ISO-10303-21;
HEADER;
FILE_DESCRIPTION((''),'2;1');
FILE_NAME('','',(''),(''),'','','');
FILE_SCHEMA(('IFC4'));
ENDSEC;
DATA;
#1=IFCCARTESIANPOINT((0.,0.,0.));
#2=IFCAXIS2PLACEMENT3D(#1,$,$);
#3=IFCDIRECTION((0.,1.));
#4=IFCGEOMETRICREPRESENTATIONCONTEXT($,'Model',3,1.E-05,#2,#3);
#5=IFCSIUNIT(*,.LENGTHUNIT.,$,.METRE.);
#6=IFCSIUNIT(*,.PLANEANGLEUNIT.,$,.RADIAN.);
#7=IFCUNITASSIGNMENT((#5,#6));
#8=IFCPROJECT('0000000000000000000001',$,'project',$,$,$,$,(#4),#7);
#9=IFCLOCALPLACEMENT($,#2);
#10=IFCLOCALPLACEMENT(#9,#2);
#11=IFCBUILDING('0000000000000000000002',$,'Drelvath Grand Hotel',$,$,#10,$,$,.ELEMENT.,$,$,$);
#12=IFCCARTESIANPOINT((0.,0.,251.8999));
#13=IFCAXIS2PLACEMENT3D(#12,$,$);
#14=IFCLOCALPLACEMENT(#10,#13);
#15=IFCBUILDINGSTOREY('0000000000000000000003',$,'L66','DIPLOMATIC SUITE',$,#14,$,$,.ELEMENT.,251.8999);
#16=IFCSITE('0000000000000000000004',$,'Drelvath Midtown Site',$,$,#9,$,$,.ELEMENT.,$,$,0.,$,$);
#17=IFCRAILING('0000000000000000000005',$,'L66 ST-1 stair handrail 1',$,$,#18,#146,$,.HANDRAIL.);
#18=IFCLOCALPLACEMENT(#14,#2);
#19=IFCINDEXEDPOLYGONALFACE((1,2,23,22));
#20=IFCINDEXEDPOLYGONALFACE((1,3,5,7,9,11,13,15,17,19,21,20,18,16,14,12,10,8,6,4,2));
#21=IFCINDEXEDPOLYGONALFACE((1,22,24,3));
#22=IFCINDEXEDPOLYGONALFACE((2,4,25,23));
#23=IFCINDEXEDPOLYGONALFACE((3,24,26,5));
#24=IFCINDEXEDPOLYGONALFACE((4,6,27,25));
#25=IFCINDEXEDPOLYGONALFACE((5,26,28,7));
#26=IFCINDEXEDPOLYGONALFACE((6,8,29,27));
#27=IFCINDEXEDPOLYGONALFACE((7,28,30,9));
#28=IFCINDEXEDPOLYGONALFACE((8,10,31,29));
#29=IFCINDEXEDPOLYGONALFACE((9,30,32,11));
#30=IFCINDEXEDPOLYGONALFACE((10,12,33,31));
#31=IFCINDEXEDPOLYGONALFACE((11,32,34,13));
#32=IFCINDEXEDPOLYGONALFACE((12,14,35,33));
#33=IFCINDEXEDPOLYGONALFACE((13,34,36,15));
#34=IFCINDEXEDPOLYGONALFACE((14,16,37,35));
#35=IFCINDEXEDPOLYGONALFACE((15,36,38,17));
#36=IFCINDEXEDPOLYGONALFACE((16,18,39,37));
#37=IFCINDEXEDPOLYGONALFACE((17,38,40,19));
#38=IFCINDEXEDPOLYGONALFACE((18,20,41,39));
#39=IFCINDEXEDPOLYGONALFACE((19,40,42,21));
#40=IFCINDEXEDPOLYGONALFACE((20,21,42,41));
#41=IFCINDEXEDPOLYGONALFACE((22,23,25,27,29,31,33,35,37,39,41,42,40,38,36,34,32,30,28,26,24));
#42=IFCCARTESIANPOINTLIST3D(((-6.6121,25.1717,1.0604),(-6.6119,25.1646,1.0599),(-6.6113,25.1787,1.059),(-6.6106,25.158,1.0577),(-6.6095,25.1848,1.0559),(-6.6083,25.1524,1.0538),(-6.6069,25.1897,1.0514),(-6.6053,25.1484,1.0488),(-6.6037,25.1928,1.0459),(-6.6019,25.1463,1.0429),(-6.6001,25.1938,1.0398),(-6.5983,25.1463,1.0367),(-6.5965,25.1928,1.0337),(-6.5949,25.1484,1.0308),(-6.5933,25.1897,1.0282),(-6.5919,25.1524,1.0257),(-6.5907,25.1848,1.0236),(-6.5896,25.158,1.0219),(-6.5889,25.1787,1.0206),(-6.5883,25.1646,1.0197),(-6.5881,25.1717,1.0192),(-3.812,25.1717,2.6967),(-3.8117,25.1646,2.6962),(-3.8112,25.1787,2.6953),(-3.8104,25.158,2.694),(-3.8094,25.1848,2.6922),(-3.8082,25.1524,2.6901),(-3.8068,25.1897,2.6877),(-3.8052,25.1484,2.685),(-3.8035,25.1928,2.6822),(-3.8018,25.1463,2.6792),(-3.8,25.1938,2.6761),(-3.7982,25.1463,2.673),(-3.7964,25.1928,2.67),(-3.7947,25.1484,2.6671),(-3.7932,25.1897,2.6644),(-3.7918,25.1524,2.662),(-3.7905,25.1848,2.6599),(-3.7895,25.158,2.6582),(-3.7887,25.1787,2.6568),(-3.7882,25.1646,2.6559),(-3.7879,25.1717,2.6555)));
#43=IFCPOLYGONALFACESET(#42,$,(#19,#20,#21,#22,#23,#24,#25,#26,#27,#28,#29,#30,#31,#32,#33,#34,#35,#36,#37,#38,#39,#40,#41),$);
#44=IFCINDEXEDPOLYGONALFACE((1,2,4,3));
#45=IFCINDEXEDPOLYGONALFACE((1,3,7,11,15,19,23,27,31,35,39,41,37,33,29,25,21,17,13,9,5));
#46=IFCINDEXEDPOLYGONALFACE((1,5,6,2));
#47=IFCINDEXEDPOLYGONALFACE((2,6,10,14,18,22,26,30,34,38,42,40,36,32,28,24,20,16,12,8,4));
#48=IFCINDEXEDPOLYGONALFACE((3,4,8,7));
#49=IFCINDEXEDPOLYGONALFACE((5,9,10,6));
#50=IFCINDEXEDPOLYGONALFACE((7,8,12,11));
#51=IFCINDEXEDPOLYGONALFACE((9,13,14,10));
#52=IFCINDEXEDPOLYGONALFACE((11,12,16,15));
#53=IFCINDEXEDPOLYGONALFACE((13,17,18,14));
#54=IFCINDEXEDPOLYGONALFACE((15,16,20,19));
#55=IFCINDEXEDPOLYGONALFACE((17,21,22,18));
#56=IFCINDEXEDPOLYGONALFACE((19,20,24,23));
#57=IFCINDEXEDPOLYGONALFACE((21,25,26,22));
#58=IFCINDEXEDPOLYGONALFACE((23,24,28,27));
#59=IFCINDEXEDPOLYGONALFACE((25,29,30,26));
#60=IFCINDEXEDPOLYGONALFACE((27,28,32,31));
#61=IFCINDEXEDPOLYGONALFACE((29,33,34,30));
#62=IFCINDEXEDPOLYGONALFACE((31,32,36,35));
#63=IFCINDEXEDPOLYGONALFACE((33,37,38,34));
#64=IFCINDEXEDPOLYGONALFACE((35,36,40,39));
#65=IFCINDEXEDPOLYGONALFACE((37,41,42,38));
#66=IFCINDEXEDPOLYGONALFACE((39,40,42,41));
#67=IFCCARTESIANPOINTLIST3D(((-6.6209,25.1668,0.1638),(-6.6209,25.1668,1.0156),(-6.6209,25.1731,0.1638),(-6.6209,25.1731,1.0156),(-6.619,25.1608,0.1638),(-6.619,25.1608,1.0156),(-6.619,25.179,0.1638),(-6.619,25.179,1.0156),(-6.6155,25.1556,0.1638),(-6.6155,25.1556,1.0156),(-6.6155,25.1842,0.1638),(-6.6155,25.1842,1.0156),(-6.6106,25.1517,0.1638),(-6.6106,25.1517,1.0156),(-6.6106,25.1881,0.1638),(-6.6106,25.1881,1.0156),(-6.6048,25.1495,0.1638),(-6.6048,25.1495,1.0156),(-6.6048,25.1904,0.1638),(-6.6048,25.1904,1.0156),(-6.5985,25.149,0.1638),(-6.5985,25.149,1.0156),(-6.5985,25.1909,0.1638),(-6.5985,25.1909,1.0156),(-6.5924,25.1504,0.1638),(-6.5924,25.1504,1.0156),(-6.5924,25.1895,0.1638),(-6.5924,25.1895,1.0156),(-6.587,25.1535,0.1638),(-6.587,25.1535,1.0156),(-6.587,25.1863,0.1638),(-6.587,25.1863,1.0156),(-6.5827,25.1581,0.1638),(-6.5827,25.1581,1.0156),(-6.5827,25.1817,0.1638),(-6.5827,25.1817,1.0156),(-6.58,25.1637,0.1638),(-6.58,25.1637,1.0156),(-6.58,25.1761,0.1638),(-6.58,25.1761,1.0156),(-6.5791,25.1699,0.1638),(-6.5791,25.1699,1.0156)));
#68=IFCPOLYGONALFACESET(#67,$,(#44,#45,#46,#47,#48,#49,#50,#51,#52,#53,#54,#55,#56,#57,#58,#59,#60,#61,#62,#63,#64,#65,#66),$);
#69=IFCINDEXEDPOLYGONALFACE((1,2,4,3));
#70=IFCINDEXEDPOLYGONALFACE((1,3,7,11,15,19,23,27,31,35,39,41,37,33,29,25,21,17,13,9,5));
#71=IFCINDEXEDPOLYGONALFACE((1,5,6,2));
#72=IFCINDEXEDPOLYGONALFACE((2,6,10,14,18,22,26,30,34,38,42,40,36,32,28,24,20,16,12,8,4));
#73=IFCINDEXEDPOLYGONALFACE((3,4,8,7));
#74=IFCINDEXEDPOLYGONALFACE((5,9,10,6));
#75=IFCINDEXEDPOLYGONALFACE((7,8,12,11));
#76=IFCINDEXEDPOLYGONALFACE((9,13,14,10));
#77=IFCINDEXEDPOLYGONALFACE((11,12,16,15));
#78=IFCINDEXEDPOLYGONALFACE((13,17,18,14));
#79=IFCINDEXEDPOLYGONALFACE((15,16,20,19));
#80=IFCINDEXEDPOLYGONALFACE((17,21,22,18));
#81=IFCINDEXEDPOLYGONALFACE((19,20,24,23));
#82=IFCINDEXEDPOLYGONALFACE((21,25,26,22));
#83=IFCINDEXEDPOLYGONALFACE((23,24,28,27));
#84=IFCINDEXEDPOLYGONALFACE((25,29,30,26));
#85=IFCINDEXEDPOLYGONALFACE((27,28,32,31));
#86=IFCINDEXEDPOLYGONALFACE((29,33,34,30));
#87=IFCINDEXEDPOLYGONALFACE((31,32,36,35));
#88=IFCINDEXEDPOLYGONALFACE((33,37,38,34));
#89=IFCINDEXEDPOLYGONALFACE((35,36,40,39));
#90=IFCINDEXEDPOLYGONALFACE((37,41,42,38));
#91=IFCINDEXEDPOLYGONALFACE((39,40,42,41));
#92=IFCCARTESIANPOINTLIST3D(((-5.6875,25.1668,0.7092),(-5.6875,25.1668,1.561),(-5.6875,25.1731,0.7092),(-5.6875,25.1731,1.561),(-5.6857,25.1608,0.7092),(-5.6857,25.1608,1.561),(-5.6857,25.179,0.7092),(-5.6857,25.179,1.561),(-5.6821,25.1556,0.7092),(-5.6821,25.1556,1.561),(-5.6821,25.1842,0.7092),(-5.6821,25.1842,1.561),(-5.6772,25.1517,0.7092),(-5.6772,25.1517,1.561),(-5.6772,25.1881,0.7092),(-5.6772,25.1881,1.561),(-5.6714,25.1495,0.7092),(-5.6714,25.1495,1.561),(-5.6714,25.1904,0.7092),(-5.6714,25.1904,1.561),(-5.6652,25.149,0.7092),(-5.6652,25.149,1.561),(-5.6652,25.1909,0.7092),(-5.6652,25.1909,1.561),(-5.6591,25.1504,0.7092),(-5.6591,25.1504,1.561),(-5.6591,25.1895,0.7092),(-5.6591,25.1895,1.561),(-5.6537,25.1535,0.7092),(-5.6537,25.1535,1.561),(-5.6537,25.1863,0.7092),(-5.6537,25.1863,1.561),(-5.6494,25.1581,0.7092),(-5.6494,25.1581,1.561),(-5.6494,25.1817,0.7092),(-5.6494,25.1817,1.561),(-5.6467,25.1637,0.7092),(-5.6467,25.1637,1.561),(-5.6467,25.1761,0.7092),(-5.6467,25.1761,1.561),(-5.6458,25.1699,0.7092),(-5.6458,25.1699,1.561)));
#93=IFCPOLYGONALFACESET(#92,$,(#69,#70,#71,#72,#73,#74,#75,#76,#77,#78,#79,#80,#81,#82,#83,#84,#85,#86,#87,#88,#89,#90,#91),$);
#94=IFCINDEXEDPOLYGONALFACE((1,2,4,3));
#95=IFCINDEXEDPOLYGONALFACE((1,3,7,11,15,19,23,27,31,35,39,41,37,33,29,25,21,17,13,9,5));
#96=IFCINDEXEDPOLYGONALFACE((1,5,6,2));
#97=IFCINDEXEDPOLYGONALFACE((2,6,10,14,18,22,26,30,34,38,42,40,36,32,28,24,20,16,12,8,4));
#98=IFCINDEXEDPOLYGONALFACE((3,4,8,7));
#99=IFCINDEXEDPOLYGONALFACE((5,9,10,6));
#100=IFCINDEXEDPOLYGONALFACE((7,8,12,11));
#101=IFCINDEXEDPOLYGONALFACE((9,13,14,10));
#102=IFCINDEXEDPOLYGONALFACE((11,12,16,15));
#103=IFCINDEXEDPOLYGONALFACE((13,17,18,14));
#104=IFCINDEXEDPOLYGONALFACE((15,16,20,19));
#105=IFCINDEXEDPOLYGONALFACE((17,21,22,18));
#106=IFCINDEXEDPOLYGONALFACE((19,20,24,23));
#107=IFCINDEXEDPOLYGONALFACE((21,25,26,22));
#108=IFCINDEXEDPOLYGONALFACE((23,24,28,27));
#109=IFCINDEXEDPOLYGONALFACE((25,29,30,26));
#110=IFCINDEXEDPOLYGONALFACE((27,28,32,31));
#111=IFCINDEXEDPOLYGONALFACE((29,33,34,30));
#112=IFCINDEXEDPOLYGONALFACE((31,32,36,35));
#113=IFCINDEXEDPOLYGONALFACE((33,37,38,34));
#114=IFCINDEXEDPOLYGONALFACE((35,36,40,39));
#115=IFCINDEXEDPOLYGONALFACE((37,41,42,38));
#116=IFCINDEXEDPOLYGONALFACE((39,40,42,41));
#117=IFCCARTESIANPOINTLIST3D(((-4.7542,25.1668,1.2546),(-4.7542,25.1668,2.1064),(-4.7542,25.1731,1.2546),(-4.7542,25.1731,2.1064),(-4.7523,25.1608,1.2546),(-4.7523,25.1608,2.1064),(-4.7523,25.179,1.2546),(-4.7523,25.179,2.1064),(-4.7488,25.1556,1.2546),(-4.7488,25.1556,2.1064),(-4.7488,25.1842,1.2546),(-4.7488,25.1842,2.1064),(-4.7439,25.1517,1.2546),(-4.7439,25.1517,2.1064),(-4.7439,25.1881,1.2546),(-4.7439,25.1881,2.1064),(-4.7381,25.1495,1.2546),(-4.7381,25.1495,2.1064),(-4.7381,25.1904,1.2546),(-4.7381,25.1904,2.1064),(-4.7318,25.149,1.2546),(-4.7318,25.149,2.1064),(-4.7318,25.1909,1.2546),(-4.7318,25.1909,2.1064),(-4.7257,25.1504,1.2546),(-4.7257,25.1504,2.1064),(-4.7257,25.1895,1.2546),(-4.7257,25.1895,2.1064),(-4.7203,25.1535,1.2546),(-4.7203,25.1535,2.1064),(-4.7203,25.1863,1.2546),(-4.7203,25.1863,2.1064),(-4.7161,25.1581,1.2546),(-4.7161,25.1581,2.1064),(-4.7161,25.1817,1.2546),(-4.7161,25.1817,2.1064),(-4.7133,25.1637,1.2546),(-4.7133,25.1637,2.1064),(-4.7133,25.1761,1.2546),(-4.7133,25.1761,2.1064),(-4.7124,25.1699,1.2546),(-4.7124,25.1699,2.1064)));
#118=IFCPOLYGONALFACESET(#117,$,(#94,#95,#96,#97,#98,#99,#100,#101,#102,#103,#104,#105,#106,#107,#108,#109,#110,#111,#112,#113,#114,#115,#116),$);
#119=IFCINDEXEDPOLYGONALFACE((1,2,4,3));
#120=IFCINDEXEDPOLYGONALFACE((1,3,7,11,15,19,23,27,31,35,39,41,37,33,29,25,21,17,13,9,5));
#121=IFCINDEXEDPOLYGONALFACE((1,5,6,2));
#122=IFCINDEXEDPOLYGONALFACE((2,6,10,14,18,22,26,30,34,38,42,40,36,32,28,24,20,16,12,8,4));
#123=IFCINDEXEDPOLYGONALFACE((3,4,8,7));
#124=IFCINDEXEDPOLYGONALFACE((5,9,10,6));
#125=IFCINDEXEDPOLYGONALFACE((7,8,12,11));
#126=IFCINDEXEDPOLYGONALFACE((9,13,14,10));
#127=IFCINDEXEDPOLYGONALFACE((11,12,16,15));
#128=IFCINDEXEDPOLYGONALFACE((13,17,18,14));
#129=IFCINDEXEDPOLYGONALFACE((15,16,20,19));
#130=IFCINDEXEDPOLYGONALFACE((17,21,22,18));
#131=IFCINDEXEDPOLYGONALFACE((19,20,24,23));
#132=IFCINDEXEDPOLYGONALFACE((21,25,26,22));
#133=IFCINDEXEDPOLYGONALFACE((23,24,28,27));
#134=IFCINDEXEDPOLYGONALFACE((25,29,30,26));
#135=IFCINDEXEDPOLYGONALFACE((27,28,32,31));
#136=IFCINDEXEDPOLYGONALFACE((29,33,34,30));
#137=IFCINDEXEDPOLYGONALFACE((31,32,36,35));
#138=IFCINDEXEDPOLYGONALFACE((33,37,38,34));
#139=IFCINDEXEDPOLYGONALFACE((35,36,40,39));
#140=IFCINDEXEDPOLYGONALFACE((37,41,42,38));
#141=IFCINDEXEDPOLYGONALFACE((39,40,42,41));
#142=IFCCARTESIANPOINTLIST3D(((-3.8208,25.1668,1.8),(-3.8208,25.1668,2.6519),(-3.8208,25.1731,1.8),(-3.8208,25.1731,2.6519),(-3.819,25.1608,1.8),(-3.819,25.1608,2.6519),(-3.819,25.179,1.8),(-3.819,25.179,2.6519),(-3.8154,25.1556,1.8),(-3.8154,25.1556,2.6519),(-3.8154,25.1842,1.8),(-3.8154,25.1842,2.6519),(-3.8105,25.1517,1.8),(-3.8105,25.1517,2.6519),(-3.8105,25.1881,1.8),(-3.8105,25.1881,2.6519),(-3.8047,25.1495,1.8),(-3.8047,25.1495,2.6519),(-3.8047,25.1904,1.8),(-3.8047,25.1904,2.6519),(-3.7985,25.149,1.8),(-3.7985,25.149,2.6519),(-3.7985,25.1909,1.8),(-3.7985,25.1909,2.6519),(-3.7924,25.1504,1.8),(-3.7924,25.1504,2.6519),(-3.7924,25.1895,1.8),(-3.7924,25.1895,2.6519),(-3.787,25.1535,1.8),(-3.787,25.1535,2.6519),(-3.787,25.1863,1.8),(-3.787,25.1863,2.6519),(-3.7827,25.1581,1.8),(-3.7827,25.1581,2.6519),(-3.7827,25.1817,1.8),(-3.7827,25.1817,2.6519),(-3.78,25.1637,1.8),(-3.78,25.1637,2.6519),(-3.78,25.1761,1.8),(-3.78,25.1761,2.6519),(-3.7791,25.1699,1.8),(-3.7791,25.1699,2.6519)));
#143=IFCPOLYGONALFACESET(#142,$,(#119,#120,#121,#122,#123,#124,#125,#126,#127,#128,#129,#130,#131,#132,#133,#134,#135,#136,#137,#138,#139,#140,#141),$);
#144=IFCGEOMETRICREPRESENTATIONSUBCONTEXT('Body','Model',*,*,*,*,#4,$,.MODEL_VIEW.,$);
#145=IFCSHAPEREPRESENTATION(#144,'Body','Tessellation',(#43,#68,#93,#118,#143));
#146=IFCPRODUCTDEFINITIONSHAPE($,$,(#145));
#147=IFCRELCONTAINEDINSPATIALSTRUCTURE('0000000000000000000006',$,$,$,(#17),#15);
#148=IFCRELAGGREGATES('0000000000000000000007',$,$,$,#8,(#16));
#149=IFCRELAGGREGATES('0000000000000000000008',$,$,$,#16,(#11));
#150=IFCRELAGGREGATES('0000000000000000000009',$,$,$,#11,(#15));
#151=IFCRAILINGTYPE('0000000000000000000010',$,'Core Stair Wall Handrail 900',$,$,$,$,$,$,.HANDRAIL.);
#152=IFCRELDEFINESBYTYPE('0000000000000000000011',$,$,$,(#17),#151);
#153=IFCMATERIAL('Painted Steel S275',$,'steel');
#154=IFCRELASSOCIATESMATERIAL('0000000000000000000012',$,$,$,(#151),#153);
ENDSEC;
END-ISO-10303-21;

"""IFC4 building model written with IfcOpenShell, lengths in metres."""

from ifc_helpers import new_model, si_unit, direction, frame, origin, origin_2d, place, context, subcontext, project, spatial, circle, extrude, material, type_object, element, save


model = new_model("IFC4")

# Units and contexts
model_context = context("Model", 3, precision=1e-05, world=origin(), true_north=direction((0.0, 1.0)))
body_context = subcontext(model_context, "Body", "Model", "MODEL_VIEW")
ifc_project = project(units=[si_unit("LENGTHUNIT", "METRE"), si_unit("PLANEANGLEUNIT", "RADIAN")], contexts=[model_context])

# Site, building, storey
site_placement = place(None, origin())
site = spatial("IfcSite", under=ifc_project, at=site_placement, Name="Drelvath Midtown Site", CompositionType="ELEMENT", RefElevation=0.0)
building_placement = place(site_placement, origin())
building = spatial("IfcBuilding", under=site, at=building_placement, Name="Drelvath Grand Hotel", CompositionType="ELEMENT")
storey_placement = place(building_placement, frame((0.0, 0.0, 251.8999)))
storey = spatial("IfcBuildingStorey", under=building, at=storey_placement, Name="L66", Description="DIPLOMATIC SUITE", CompositionType="ELEMENT", Elevation=251.8999)

# Shared definitions
ifc_material_1 = material(Name="Painted Steel S275", Category="steel")

# Railing
railing_type = type_object("IfcRailingType", Name="Core Stair Wall Handrail 900", PredefinedType="HANDRAIL", material=ifc_material_1)
railing_placement = place(storey_placement, frame((-6.6001, 25.1699, 0.1638)))
element("IfcRailing", 1, at=railing_placement, inside=storey, type_object=railing_type, Name="L66 ST-1 stair handrail 1", PredefinedType="HANDRAIL", context=body_context, shape_type="SweptSolid", body=[
    extrude(circle(Radius=0.0239, at=origin_2d()), frame((0.0, 0.0, 0.876), z_axis=(0.863394, 0.0, 0.504531), x_axis=(0.0, 1.0, 0.0)), (0.0, 0.0, 1.0), 3.2432),
    extrude(circle(Radius=0.021, at=origin_2d()), origin(), (0.0, 0.0, 1.0), 0.8518),
    extrude(circle(Radius=0.021, at=origin_2d()), frame((0.9333, 0.0, 0.5454)), (0.0, 0.0, 1.0), 0.8518),
    extrude(circle(Radius=0.021, at=origin_2d()), frame((1.8667, 0.0, 1.0908)), (0.0, 0.0, 1.0), 0.8518),
    extrude(circle(Radius=0.021, at=origin_2d()), frame((2.8, 0.0, 1.6362)), (0.0, 0.0, 1.0), 0.8518),
])

save(model, "model.ifc")
